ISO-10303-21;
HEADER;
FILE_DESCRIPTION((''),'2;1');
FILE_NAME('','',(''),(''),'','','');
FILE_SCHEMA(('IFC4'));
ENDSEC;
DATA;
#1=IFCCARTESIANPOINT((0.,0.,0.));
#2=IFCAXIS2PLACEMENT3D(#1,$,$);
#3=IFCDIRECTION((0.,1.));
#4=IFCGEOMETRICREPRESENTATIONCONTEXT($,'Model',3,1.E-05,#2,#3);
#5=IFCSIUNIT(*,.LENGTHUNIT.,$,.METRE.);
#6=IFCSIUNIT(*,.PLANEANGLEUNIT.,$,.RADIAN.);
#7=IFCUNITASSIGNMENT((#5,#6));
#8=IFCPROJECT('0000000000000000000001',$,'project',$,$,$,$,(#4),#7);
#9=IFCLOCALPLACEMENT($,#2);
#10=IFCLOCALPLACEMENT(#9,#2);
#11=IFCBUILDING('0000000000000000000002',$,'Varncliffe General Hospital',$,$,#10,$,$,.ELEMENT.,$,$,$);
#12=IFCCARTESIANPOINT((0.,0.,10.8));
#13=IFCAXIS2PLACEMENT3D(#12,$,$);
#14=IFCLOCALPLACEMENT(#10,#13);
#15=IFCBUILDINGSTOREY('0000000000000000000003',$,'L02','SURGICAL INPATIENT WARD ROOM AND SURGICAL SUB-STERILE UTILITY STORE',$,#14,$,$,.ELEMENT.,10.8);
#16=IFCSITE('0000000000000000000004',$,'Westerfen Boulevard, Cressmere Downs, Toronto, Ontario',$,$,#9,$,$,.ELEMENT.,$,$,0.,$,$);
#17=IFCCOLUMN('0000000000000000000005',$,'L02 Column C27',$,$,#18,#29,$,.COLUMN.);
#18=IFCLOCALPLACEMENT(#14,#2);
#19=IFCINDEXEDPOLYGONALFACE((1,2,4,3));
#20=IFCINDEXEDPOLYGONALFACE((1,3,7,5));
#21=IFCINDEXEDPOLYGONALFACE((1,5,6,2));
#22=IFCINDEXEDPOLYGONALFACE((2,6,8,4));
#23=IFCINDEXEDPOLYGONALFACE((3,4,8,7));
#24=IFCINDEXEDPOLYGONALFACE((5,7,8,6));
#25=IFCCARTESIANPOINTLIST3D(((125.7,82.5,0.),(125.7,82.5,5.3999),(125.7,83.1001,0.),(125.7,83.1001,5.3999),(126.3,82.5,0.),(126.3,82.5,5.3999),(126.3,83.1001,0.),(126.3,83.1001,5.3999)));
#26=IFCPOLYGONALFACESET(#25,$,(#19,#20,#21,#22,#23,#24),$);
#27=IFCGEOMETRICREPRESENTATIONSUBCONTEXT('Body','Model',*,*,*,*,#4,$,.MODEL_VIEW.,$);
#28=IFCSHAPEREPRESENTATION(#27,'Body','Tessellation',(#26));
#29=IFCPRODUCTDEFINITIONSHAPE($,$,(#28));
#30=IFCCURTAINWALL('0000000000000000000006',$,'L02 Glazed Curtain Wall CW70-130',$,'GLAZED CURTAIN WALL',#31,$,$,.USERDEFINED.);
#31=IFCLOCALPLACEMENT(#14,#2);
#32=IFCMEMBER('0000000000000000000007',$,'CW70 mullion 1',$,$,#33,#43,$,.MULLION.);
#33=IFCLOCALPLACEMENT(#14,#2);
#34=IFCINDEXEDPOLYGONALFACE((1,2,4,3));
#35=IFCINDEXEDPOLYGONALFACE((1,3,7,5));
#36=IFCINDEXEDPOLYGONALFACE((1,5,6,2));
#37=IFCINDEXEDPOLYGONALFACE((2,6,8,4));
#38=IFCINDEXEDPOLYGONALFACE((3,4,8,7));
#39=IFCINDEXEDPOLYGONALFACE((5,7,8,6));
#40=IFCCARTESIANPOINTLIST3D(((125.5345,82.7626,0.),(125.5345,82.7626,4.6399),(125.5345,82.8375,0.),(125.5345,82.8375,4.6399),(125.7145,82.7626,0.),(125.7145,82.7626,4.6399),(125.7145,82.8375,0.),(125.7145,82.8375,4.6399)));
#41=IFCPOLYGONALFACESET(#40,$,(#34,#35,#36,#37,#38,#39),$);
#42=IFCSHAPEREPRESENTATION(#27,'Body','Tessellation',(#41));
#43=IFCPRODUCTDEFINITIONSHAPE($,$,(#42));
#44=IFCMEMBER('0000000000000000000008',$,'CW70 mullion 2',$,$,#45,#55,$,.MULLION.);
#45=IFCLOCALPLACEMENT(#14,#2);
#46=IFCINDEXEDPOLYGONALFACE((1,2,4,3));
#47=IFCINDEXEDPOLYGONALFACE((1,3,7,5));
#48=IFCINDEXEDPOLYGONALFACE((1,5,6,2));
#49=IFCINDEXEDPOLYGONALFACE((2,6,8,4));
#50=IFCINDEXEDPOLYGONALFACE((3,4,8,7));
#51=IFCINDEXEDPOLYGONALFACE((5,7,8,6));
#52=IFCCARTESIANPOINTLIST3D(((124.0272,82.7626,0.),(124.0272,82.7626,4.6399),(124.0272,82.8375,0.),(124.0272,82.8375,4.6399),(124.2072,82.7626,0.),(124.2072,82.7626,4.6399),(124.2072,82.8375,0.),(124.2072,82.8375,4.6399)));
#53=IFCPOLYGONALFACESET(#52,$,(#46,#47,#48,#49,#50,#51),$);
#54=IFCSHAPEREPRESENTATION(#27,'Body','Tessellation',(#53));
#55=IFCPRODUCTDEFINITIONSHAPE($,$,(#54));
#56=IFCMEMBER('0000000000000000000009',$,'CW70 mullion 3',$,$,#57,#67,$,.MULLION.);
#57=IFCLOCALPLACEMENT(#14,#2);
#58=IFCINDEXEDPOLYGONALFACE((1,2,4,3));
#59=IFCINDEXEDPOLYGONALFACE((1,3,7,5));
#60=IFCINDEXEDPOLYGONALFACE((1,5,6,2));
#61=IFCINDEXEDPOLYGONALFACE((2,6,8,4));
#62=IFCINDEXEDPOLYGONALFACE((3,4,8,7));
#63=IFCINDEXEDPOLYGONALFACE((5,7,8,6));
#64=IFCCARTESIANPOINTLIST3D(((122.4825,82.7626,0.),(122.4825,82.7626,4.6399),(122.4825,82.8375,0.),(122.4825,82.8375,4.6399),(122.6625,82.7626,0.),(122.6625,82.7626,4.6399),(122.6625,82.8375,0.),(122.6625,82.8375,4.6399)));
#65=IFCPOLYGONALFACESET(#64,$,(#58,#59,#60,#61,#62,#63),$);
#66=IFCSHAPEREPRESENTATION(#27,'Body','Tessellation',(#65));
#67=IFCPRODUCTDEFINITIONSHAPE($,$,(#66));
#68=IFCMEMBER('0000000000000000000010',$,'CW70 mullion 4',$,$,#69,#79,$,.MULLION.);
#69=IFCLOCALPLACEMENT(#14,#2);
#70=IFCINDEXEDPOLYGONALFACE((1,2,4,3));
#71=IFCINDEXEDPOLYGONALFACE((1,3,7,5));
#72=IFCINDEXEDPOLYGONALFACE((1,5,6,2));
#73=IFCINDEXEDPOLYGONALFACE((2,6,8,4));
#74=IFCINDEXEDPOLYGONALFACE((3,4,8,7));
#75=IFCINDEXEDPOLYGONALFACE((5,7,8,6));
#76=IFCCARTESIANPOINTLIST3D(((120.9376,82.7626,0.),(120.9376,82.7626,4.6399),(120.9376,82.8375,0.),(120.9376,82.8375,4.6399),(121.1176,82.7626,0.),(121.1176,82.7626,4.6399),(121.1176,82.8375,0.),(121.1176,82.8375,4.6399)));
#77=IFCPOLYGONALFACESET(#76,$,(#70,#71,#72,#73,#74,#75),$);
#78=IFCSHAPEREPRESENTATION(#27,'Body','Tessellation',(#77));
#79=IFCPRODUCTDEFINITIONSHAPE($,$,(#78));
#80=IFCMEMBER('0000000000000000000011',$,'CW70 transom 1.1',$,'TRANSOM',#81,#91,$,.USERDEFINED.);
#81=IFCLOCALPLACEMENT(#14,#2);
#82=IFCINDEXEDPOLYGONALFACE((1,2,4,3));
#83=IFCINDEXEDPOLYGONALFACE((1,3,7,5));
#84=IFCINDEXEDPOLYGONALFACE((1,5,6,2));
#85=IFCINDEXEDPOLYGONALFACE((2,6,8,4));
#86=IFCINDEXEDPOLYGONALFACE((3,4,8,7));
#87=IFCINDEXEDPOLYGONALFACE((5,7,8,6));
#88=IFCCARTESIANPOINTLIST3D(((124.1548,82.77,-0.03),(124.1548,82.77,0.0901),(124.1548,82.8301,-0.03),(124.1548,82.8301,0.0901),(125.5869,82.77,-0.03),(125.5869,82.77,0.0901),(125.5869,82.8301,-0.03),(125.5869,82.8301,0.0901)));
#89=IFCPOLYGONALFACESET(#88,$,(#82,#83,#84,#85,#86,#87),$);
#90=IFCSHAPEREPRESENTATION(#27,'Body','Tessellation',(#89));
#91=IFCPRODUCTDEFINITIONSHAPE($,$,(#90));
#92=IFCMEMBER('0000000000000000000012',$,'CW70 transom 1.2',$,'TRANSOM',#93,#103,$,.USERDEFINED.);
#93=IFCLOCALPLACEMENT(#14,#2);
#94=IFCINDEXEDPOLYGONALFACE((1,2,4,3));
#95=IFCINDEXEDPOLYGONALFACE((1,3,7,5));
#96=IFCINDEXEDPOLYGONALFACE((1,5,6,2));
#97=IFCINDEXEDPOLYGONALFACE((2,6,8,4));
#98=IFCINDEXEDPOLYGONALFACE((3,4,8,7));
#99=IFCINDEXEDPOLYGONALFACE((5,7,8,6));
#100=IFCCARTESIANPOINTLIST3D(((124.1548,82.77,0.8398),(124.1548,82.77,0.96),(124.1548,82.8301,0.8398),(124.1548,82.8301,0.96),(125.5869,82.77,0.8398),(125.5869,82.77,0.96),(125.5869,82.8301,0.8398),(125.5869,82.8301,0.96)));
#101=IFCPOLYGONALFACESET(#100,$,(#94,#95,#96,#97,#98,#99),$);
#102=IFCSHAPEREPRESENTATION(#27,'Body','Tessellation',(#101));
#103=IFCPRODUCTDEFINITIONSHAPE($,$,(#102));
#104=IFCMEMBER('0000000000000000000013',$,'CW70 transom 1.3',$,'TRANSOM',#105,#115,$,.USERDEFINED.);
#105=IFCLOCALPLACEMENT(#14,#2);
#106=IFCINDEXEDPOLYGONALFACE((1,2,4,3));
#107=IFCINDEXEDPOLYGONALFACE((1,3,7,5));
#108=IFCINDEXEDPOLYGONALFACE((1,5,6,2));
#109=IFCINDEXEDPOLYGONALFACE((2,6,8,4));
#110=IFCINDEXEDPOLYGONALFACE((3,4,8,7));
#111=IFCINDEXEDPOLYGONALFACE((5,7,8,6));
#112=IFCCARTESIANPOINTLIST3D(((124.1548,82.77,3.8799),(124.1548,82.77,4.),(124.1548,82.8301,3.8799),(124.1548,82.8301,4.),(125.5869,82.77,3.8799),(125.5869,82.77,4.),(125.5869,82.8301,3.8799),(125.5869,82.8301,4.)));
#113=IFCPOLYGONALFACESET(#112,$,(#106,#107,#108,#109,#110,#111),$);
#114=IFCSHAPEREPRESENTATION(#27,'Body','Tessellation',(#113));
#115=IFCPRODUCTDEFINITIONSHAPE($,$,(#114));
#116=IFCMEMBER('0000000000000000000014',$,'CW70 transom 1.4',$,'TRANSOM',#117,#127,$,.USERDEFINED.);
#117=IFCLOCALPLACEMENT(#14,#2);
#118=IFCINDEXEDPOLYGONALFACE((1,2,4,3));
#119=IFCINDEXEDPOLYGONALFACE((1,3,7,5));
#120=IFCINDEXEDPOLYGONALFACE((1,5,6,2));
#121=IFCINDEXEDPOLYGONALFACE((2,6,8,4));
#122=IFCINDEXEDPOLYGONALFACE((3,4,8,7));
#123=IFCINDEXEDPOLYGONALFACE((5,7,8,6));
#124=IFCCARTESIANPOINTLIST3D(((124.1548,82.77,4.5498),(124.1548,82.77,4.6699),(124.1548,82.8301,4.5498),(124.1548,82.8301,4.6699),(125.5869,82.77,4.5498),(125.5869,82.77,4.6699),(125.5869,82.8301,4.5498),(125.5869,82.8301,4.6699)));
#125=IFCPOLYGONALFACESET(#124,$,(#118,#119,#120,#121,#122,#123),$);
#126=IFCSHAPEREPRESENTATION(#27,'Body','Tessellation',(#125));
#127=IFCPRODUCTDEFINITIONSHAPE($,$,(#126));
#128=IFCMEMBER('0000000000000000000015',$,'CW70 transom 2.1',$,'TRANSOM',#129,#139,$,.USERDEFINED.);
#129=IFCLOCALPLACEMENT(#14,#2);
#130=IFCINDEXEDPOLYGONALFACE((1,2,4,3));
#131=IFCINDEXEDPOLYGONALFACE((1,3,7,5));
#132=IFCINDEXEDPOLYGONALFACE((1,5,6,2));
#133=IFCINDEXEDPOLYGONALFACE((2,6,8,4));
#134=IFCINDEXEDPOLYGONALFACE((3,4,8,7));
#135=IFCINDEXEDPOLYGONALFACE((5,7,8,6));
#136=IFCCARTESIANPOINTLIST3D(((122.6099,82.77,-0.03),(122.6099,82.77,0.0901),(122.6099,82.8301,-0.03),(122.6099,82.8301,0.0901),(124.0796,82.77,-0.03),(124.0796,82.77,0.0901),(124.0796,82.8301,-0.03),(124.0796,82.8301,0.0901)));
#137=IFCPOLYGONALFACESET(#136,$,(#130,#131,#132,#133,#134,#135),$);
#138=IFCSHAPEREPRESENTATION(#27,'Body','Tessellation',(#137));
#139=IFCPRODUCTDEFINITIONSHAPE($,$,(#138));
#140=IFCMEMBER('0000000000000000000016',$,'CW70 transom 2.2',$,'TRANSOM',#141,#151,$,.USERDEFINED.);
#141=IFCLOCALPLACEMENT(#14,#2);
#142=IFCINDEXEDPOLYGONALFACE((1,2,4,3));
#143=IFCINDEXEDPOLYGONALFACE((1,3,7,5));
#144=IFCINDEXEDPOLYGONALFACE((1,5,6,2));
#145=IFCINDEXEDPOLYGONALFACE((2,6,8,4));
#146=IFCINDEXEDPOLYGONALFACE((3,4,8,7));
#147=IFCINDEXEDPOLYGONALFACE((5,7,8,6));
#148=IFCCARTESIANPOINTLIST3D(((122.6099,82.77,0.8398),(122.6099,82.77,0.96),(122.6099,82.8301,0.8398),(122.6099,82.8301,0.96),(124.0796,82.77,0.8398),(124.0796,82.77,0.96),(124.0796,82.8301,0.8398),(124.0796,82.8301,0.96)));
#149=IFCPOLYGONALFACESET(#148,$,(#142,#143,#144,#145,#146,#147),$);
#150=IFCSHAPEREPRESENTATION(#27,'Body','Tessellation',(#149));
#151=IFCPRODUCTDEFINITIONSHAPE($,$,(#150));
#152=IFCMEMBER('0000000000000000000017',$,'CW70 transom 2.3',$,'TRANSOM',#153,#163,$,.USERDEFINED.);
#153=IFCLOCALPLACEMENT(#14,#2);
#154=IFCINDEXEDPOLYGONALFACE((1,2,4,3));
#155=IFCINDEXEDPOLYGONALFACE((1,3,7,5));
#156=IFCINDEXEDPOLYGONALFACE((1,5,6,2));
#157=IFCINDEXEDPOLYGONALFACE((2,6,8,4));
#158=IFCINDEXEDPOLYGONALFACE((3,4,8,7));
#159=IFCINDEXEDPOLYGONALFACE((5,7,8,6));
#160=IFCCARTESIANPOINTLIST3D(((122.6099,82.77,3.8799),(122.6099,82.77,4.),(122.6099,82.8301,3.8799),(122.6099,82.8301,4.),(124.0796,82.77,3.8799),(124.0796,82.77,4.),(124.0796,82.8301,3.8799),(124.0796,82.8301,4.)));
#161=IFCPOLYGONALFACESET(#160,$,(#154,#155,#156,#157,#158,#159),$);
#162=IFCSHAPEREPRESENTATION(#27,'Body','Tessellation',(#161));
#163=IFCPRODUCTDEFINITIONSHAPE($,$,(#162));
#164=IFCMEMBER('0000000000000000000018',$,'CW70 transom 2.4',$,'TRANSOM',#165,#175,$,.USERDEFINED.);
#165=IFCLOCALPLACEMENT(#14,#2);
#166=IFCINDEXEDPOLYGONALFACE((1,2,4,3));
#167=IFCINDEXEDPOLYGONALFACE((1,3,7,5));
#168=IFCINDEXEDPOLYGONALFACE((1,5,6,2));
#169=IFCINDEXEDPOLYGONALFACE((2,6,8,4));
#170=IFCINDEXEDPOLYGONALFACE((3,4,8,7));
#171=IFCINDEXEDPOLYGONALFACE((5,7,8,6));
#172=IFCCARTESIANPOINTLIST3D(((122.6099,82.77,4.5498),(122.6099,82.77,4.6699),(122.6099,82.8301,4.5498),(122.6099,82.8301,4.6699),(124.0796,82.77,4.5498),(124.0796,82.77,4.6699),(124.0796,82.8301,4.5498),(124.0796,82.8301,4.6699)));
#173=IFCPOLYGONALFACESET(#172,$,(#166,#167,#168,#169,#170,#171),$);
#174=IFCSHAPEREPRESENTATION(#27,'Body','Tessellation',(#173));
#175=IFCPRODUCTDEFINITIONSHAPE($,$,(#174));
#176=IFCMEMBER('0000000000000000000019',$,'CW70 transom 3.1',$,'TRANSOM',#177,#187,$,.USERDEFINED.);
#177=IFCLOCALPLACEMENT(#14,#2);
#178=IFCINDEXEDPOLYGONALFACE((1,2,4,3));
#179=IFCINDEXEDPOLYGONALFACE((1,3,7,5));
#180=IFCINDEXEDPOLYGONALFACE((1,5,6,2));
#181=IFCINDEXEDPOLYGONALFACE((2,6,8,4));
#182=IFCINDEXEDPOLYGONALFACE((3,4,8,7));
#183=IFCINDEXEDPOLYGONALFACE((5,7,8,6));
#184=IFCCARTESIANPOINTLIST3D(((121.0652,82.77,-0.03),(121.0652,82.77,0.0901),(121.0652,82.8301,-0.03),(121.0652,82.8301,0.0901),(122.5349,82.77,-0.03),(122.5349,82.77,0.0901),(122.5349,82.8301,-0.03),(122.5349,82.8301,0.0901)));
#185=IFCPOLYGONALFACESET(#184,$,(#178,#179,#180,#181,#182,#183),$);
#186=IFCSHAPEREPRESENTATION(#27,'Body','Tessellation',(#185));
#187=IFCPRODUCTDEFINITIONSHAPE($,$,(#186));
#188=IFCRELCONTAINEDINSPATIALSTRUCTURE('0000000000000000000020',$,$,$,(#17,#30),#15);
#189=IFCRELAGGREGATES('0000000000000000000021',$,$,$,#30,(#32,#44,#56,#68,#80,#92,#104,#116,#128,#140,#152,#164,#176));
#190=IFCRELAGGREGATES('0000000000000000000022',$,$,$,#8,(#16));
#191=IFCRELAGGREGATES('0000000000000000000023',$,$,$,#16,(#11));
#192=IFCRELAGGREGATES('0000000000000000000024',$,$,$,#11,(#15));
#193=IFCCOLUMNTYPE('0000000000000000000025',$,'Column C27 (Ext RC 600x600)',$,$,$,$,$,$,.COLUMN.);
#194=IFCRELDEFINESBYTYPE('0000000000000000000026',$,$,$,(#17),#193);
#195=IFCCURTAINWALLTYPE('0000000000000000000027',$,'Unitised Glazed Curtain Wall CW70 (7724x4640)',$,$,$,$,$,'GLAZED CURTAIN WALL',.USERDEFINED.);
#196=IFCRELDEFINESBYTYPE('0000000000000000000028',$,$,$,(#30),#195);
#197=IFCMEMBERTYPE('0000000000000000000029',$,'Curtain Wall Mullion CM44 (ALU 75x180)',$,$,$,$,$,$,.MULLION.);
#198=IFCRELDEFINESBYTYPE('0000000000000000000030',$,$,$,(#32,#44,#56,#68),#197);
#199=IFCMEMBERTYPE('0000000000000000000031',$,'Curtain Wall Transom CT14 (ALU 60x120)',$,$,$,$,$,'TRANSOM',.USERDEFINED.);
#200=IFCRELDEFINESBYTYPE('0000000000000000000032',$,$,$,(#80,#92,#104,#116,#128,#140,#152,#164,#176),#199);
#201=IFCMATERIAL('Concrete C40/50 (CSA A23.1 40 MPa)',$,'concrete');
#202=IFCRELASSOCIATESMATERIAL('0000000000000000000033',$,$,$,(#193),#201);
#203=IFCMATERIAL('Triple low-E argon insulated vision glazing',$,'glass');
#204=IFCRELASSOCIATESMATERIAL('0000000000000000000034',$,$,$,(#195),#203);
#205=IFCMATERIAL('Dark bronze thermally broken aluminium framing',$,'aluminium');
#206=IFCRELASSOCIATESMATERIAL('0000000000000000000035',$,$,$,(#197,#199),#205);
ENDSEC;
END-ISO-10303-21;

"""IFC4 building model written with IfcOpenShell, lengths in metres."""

from ifc_helpers import new_model, si_unit, direction, frame, origin, origin_2d, place, context, subcontext, project, spatial, rectangle, extrude, material, material_profile, profile_set, type_object, element, aggregate, save


model = new_model("IFC4")

# Units and contexts
model_context = context("Model", 3, precision=1e-05, world=origin(), true_north=direction((0.0, 1.0)))
body_context = subcontext(model_context, "Body", "Model", "MODEL_VIEW")
ifc_project = project(units=[si_unit("LENGTHUNIT", "METRE"), si_unit("PLANEANGLEUNIT", "RADIAN")], contexts=[model_context])

# Site, building, storey
site_placement = place(None, origin())
site = spatial("IfcSite", under=ifc_project, at=site_placement, Name="Westerfen Boulevard, Cressmere Downs, Toronto, Ontario", CompositionType="ELEMENT", RefElevation=0.0)
building_placement = place(site_placement, origin())
building = spatial("IfcBuilding", under=site, at=building_placement, Name="Varncliffe General Hospital", CompositionType="ELEMENT")
storey_placement = place(building_placement, frame((0.0, 0.0, 10.8)))
storey = spatial("IfcBuildingStorey", under=building, at=storey_placement, Name="L02", Description="SURGICAL INPATIENT WARD ROOM AND SURGICAL SUB-STERILE UTILITY STORE", CompositionType="ELEMENT", Elevation=10.8)

# Column
ifc_material_1 = material(Name="Concrete C40/50 (CSA A23.1 40 MPa)", Category="concrete")
ifc_material_profile_1 = material_profile(ifc_material_1, rectangle(XDim=0.6001, YDim=0.6001, at=origin_2d()), Name="RC 600x600")
ifc_profile_set_1 = profile_set([ifc_material_profile_1], Name="Concrete C40/50 (CSA A23.1 40 MPa)")
column_type = type_object("IfcColumnType", Name="Column C27 (Ext RC 600x600)", PredefinedType="COLUMN", material=ifc_profile_set_1)
column_placement = place(storey_placement, frame((126.0, 82.8, 0.0), z_axis=(0.0, 0.0, 1.0), x_axis=(1.0, 0.0, 0.0)))
element("IfcColumn", 1, at=column_placement, inside=storey, type_object=column_type, Name="L02 Column C27", PredefinedType="COLUMN", context=body_context, shape_type="SweptSolid", body=[
    extrude(rectangle(XDim=0.6001, YDim=0.6001, at=origin_2d()), origin(), (0.0, 0.0, 1.0), 5.3999),
])

# Curtain wall, members
ifc_material_2 = material(Name="Triple low-E argon insulated vision glazing", Category="glass")
curtain_wall_type = type_object("IfcCurtainWallType", Name="Unitised Glazed Curtain Wall CW70 (7724x4640)", ElementType="GLAZED CURTAIN WALL", PredefinedType="USERDEFINED", material=ifc_material_2)
curtain_wall_placement = place(storey_placement, origin())
curtain_wall = element("IfcCurtainWall", 2, at=curtain_wall_placement, inside=storey, type_object=curtain_wall_type, Name="L02 Glazed Curtain Wall CW70-130", ObjectType="GLAZED CURTAIN WALL", PredefinedType="USERDEFINED")
ifc_material_3 = material(Name="Dark bronze thermally broken aluminium framing", Category="aluminium")
ifc_material_profile_2 = material_profile(ifc_material_3, rectangle(XDim=0.075, YDim=0.1799, at=origin_2d()), Name="ALU 75x180")
ifc_profile_set_2 = profile_set([ifc_material_profile_2], Name="Dark bronze thermally broken aluminium framing")
member_type_1 = type_object("IfcMemberType", Name="Curtain Wall Mullion CM44 (ALU 75x180)", PredefinedType="MULLION", material=ifc_profile_set_2)
member_1_placement = place(storey_placement, frame((125.6245, 82.8, 0.0), z_axis=(0.0, 0.0, 1.0), x_axis=(0.0, -1.0, 0.0)))
member_1 = element("IfcMember", 3, at=member_1_placement, type_object=member_type_1, Name="CW70 mullion 1", PredefinedType="MULLION", context=body_context, shape_type="SweptSolid", body=[
    extrude(rectangle(XDim=0.075, YDim=0.1799, at=origin_2d()), origin(), (0.0, 0.0, 1.0), 4.6399),
])
member_2_placement = place(storey_placement, frame((124.1172, 82.8, 0.0), z_axis=(0.0, 0.0, 1.0), x_axis=(0.0, -1.0, 0.0)))
member_2 = element("IfcMember", 4, at=member_2_placement, type_object=member_type_1, Name="CW70 mullion 2", PredefinedType="MULLION", context=body_context, shape_type="SweptSolid", body=[
    extrude(rectangle(XDim=0.075, YDim=0.1799, at=origin_2d()), origin(), (0.0, 0.0, 1.0), 4.6399),
])
member_3_placement = place(storey_placement, frame((122.5725, 82.8, 0.0), z_axis=(0.0, 0.0, 1.0), x_axis=(0.0, -1.0, 0.0)))
member_3 = element("IfcMember", 5, at=member_3_placement, type_object=member_type_1, Name="CW70 mullion 3", PredefinedType="MULLION", context=body_context, shape_type="SweptSolid", body=[
    extrude(rectangle(XDim=0.075, YDim=0.1799, at=origin_2d()), origin(), (0.0, 0.0, 1.0), 4.6399),
])
member_4_placement = place(storey_placement, frame((121.0276, 82.8, 0.0), z_axis=(0.0, 0.0, 1.0), x_axis=(0.0, -1.0, 0.0)))
member_4 = element("IfcMember", 6, at=member_4_placement, type_object=member_type_1, Name="CW70 mullion 4", PredefinedType="MULLION", context=body_context, shape_type="SweptSolid", body=[
    extrude(rectangle(XDim=0.075, YDim=0.1799, at=origin_2d()), origin(), (0.0, 0.0, 1.0), 4.6399),
])
ifc_material_profile_3 = material_profile(ifc_material_3, rectangle(XDim=0.0601, YDim=0.1201, at=origin_2d()), Name="ALU 60x120")
ifc_profile_set_3 = profile_set([ifc_material_profile_3], Name="Dark bronze thermally broken aluminium framing")
member_type_2 = type_object("IfcMemberType", Name="Curtain Wall Transom CT14 (ALU 60x120)", ElementType="TRANSOM", PredefinedType="USERDEFINED", material=ifc_profile_set_3)
member_5_placement = place(storey_placement, frame((125.5869, 82.8, 0.03), z_axis=(-1.0, 0.0, 0.0), x_axis=(0.0, -1.0, 0.0)))
member_5 = element("IfcMember", 7, at=member_5_placement, type_object=member_type_2, Name="CW70 transom 1.1", ObjectType="TRANSOM", PredefinedType="USERDEFINED", context=body_context, shape_type="SweptSolid", body=[
    extrude(rectangle(XDim=0.0601, YDim=0.1201, at=origin_2d()), origin(), (0.0, 0.0, 1.0), 1.4321),
])
member_6_placement = place(storey_placement, frame((125.5869, 82.8, 0.8999), z_axis=(-1.0, 0.0, 0.0), x_axis=(0.0, -1.0, 0.0)))
member_6 = element("IfcMember", 8, at=member_6_placement, type_object=member_type_2, Name="CW70 transom 1.2", ObjectType="TRANSOM", PredefinedType="USERDEFINED", context=body_context, shape_type="SweptSolid", body=[
    extrude(rectangle(XDim=0.0601, YDim=0.1201, at=origin_2d()), origin(), (0.0, 0.0, 1.0), 1.4321),
])
member_7_placement = place(storey_placement, frame((125.5869, 82.8, 3.9399), z_axis=(-1.0, 0.0, 0.0), x_axis=(0.0, -1.0, 0.0)))
member_7 = element("IfcMember", 9, at=member_7_placement, type_object=member_type_2, Name="CW70 transom 1.3", ObjectType="TRANSOM", PredefinedType="USERDEFINED", context=body_context, shape_type="SweptSolid", body=[
    extrude(rectangle(XDim=0.0601, YDim=0.1201, at=origin_2d()), origin(), (0.0, 0.0, 1.0), 1.4321),
])
member_8_placement = place(storey_placement, frame((125.5869, 82.8, 4.6099), z_axis=(-1.0, 0.0, 0.0), x_axis=(0.0, -1.0, 0.0)))
member_8 = element("IfcMember", 10, at=member_8_placement, type_object=member_type_2, Name="CW70 transom 1.4", ObjectType="TRANSOM", PredefinedType="USERDEFINED", context=body_context, shape_type="SweptSolid", body=[
    extrude(rectangle(XDim=0.0601, YDim=0.1201, at=origin_2d()), origin(), (0.0, 0.0, 1.0), 1.4321),
])
member_9_placement = place(storey_placement, frame((124.0796, 82.8, 0.03), z_axis=(-1.0, 0.0, 0.0), x_axis=(0.0, -1.0, 0.0)))
member_9 = element("IfcMember", 11, at=member_9_placement, type_object=member_type_2, Name="CW70 transom 2.1", ObjectType="TRANSOM", PredefinedType="USERDEFINED", context=body_context, shape_type="SweptSolid", body=[
    extrude(rectangle(XDim=0.0601, YDim=0.1201, at=origin_2d()), origin(), (0.0, 0.0, 1.0), 1.4697),
])
member_10_placement = place(storey_placement, frame((124.0796, 82.8, 0.8999), z_axis=(-1.0, 0.0, 0.0), x_axis=(0.0, -1.0, 0.0)))
member_10 = element("IfcMember", 12, at=member_10_placement, type_object=member_type_2, Name="CW70 transom 2.2", ObjectType="TRANSOM", PredefinedType="USERDEFINED", context=body_context, shape_type="SweptSolid", body=[
    extrude(rectangle(XDim=0.0601, YDim=0.1201, at=origin_2d()), origin(), (0.0, 0.0, 1.0), 1.4697),
])
member_11_placement = place(storey_placement, frame((124.0796, 82.8, 3.9399), z_axis=(-1.0, 0.0, 0.0), x_axis=(0.0, -1.0, 0.0)))
member_11 = element("IfcMember", 13, at=member_11_placement, type_object=member_type_2, Name="CW70 transom 2.3", ObjectType="TRANSOM", PredefinedType="USERDEFINED", context=body_context, shape_type="SweptSolid", body=[
    extrude(rectangle(XDim=0.0601, YDim=0.1201, at=origin_2d()), origin(), (0.0, 0.0, 1.0), 1.4697),
])
member_12_placement = place(storey_placement, frame((124.0796, 82.8, 4.6099), z_axis=(-1.0, 0.0, 0.0), x_axis=(0.0, -1.0, 0.0)))
member_12 = element("IfcMember", 14, at=member_12_placement, type_object=member_type_2, Name="CW70 transom 2.4", ObjectType="TRANSOM", PredefinedType="USERDEFINED", context=body_context, shape_type="SweptSolid", body=[
    extrude(rectangle(XDim=0.0601, YDim=0.1201, at=origin_2d()), origin(), (0.0, 0.0, 1.0), 1.4697),
])
member_13_placement = place(storey_placement, frame((122.5349, 82.8, 0.03), z_axis=(-1.0, 0.0, 0.0), x_axis=(0.0, -1.0, 0.0)))
member_13 = element("IfcMember", 15, at=member_13_placement, type_object=member_type_2, Name="CW70 transom 3.1", ObjectType="TRANSOM", PredefinedType="USERDEFINED", context=body_context, shape_type="SweptSolid", body=[
    extrude(rectangle(XDim=0.0601, YDim=0.1201, at=origin_2d()), origin(), (0.0, 0.0, 1.0), 1.4697),
])
aggregate(curtain_wall, [member_1, member_2, member_3, member_4, member_5, member_6, member_7, member_8, member_9, member_10, member_11, member_12, member_13])

save(model, "model.ifc")
